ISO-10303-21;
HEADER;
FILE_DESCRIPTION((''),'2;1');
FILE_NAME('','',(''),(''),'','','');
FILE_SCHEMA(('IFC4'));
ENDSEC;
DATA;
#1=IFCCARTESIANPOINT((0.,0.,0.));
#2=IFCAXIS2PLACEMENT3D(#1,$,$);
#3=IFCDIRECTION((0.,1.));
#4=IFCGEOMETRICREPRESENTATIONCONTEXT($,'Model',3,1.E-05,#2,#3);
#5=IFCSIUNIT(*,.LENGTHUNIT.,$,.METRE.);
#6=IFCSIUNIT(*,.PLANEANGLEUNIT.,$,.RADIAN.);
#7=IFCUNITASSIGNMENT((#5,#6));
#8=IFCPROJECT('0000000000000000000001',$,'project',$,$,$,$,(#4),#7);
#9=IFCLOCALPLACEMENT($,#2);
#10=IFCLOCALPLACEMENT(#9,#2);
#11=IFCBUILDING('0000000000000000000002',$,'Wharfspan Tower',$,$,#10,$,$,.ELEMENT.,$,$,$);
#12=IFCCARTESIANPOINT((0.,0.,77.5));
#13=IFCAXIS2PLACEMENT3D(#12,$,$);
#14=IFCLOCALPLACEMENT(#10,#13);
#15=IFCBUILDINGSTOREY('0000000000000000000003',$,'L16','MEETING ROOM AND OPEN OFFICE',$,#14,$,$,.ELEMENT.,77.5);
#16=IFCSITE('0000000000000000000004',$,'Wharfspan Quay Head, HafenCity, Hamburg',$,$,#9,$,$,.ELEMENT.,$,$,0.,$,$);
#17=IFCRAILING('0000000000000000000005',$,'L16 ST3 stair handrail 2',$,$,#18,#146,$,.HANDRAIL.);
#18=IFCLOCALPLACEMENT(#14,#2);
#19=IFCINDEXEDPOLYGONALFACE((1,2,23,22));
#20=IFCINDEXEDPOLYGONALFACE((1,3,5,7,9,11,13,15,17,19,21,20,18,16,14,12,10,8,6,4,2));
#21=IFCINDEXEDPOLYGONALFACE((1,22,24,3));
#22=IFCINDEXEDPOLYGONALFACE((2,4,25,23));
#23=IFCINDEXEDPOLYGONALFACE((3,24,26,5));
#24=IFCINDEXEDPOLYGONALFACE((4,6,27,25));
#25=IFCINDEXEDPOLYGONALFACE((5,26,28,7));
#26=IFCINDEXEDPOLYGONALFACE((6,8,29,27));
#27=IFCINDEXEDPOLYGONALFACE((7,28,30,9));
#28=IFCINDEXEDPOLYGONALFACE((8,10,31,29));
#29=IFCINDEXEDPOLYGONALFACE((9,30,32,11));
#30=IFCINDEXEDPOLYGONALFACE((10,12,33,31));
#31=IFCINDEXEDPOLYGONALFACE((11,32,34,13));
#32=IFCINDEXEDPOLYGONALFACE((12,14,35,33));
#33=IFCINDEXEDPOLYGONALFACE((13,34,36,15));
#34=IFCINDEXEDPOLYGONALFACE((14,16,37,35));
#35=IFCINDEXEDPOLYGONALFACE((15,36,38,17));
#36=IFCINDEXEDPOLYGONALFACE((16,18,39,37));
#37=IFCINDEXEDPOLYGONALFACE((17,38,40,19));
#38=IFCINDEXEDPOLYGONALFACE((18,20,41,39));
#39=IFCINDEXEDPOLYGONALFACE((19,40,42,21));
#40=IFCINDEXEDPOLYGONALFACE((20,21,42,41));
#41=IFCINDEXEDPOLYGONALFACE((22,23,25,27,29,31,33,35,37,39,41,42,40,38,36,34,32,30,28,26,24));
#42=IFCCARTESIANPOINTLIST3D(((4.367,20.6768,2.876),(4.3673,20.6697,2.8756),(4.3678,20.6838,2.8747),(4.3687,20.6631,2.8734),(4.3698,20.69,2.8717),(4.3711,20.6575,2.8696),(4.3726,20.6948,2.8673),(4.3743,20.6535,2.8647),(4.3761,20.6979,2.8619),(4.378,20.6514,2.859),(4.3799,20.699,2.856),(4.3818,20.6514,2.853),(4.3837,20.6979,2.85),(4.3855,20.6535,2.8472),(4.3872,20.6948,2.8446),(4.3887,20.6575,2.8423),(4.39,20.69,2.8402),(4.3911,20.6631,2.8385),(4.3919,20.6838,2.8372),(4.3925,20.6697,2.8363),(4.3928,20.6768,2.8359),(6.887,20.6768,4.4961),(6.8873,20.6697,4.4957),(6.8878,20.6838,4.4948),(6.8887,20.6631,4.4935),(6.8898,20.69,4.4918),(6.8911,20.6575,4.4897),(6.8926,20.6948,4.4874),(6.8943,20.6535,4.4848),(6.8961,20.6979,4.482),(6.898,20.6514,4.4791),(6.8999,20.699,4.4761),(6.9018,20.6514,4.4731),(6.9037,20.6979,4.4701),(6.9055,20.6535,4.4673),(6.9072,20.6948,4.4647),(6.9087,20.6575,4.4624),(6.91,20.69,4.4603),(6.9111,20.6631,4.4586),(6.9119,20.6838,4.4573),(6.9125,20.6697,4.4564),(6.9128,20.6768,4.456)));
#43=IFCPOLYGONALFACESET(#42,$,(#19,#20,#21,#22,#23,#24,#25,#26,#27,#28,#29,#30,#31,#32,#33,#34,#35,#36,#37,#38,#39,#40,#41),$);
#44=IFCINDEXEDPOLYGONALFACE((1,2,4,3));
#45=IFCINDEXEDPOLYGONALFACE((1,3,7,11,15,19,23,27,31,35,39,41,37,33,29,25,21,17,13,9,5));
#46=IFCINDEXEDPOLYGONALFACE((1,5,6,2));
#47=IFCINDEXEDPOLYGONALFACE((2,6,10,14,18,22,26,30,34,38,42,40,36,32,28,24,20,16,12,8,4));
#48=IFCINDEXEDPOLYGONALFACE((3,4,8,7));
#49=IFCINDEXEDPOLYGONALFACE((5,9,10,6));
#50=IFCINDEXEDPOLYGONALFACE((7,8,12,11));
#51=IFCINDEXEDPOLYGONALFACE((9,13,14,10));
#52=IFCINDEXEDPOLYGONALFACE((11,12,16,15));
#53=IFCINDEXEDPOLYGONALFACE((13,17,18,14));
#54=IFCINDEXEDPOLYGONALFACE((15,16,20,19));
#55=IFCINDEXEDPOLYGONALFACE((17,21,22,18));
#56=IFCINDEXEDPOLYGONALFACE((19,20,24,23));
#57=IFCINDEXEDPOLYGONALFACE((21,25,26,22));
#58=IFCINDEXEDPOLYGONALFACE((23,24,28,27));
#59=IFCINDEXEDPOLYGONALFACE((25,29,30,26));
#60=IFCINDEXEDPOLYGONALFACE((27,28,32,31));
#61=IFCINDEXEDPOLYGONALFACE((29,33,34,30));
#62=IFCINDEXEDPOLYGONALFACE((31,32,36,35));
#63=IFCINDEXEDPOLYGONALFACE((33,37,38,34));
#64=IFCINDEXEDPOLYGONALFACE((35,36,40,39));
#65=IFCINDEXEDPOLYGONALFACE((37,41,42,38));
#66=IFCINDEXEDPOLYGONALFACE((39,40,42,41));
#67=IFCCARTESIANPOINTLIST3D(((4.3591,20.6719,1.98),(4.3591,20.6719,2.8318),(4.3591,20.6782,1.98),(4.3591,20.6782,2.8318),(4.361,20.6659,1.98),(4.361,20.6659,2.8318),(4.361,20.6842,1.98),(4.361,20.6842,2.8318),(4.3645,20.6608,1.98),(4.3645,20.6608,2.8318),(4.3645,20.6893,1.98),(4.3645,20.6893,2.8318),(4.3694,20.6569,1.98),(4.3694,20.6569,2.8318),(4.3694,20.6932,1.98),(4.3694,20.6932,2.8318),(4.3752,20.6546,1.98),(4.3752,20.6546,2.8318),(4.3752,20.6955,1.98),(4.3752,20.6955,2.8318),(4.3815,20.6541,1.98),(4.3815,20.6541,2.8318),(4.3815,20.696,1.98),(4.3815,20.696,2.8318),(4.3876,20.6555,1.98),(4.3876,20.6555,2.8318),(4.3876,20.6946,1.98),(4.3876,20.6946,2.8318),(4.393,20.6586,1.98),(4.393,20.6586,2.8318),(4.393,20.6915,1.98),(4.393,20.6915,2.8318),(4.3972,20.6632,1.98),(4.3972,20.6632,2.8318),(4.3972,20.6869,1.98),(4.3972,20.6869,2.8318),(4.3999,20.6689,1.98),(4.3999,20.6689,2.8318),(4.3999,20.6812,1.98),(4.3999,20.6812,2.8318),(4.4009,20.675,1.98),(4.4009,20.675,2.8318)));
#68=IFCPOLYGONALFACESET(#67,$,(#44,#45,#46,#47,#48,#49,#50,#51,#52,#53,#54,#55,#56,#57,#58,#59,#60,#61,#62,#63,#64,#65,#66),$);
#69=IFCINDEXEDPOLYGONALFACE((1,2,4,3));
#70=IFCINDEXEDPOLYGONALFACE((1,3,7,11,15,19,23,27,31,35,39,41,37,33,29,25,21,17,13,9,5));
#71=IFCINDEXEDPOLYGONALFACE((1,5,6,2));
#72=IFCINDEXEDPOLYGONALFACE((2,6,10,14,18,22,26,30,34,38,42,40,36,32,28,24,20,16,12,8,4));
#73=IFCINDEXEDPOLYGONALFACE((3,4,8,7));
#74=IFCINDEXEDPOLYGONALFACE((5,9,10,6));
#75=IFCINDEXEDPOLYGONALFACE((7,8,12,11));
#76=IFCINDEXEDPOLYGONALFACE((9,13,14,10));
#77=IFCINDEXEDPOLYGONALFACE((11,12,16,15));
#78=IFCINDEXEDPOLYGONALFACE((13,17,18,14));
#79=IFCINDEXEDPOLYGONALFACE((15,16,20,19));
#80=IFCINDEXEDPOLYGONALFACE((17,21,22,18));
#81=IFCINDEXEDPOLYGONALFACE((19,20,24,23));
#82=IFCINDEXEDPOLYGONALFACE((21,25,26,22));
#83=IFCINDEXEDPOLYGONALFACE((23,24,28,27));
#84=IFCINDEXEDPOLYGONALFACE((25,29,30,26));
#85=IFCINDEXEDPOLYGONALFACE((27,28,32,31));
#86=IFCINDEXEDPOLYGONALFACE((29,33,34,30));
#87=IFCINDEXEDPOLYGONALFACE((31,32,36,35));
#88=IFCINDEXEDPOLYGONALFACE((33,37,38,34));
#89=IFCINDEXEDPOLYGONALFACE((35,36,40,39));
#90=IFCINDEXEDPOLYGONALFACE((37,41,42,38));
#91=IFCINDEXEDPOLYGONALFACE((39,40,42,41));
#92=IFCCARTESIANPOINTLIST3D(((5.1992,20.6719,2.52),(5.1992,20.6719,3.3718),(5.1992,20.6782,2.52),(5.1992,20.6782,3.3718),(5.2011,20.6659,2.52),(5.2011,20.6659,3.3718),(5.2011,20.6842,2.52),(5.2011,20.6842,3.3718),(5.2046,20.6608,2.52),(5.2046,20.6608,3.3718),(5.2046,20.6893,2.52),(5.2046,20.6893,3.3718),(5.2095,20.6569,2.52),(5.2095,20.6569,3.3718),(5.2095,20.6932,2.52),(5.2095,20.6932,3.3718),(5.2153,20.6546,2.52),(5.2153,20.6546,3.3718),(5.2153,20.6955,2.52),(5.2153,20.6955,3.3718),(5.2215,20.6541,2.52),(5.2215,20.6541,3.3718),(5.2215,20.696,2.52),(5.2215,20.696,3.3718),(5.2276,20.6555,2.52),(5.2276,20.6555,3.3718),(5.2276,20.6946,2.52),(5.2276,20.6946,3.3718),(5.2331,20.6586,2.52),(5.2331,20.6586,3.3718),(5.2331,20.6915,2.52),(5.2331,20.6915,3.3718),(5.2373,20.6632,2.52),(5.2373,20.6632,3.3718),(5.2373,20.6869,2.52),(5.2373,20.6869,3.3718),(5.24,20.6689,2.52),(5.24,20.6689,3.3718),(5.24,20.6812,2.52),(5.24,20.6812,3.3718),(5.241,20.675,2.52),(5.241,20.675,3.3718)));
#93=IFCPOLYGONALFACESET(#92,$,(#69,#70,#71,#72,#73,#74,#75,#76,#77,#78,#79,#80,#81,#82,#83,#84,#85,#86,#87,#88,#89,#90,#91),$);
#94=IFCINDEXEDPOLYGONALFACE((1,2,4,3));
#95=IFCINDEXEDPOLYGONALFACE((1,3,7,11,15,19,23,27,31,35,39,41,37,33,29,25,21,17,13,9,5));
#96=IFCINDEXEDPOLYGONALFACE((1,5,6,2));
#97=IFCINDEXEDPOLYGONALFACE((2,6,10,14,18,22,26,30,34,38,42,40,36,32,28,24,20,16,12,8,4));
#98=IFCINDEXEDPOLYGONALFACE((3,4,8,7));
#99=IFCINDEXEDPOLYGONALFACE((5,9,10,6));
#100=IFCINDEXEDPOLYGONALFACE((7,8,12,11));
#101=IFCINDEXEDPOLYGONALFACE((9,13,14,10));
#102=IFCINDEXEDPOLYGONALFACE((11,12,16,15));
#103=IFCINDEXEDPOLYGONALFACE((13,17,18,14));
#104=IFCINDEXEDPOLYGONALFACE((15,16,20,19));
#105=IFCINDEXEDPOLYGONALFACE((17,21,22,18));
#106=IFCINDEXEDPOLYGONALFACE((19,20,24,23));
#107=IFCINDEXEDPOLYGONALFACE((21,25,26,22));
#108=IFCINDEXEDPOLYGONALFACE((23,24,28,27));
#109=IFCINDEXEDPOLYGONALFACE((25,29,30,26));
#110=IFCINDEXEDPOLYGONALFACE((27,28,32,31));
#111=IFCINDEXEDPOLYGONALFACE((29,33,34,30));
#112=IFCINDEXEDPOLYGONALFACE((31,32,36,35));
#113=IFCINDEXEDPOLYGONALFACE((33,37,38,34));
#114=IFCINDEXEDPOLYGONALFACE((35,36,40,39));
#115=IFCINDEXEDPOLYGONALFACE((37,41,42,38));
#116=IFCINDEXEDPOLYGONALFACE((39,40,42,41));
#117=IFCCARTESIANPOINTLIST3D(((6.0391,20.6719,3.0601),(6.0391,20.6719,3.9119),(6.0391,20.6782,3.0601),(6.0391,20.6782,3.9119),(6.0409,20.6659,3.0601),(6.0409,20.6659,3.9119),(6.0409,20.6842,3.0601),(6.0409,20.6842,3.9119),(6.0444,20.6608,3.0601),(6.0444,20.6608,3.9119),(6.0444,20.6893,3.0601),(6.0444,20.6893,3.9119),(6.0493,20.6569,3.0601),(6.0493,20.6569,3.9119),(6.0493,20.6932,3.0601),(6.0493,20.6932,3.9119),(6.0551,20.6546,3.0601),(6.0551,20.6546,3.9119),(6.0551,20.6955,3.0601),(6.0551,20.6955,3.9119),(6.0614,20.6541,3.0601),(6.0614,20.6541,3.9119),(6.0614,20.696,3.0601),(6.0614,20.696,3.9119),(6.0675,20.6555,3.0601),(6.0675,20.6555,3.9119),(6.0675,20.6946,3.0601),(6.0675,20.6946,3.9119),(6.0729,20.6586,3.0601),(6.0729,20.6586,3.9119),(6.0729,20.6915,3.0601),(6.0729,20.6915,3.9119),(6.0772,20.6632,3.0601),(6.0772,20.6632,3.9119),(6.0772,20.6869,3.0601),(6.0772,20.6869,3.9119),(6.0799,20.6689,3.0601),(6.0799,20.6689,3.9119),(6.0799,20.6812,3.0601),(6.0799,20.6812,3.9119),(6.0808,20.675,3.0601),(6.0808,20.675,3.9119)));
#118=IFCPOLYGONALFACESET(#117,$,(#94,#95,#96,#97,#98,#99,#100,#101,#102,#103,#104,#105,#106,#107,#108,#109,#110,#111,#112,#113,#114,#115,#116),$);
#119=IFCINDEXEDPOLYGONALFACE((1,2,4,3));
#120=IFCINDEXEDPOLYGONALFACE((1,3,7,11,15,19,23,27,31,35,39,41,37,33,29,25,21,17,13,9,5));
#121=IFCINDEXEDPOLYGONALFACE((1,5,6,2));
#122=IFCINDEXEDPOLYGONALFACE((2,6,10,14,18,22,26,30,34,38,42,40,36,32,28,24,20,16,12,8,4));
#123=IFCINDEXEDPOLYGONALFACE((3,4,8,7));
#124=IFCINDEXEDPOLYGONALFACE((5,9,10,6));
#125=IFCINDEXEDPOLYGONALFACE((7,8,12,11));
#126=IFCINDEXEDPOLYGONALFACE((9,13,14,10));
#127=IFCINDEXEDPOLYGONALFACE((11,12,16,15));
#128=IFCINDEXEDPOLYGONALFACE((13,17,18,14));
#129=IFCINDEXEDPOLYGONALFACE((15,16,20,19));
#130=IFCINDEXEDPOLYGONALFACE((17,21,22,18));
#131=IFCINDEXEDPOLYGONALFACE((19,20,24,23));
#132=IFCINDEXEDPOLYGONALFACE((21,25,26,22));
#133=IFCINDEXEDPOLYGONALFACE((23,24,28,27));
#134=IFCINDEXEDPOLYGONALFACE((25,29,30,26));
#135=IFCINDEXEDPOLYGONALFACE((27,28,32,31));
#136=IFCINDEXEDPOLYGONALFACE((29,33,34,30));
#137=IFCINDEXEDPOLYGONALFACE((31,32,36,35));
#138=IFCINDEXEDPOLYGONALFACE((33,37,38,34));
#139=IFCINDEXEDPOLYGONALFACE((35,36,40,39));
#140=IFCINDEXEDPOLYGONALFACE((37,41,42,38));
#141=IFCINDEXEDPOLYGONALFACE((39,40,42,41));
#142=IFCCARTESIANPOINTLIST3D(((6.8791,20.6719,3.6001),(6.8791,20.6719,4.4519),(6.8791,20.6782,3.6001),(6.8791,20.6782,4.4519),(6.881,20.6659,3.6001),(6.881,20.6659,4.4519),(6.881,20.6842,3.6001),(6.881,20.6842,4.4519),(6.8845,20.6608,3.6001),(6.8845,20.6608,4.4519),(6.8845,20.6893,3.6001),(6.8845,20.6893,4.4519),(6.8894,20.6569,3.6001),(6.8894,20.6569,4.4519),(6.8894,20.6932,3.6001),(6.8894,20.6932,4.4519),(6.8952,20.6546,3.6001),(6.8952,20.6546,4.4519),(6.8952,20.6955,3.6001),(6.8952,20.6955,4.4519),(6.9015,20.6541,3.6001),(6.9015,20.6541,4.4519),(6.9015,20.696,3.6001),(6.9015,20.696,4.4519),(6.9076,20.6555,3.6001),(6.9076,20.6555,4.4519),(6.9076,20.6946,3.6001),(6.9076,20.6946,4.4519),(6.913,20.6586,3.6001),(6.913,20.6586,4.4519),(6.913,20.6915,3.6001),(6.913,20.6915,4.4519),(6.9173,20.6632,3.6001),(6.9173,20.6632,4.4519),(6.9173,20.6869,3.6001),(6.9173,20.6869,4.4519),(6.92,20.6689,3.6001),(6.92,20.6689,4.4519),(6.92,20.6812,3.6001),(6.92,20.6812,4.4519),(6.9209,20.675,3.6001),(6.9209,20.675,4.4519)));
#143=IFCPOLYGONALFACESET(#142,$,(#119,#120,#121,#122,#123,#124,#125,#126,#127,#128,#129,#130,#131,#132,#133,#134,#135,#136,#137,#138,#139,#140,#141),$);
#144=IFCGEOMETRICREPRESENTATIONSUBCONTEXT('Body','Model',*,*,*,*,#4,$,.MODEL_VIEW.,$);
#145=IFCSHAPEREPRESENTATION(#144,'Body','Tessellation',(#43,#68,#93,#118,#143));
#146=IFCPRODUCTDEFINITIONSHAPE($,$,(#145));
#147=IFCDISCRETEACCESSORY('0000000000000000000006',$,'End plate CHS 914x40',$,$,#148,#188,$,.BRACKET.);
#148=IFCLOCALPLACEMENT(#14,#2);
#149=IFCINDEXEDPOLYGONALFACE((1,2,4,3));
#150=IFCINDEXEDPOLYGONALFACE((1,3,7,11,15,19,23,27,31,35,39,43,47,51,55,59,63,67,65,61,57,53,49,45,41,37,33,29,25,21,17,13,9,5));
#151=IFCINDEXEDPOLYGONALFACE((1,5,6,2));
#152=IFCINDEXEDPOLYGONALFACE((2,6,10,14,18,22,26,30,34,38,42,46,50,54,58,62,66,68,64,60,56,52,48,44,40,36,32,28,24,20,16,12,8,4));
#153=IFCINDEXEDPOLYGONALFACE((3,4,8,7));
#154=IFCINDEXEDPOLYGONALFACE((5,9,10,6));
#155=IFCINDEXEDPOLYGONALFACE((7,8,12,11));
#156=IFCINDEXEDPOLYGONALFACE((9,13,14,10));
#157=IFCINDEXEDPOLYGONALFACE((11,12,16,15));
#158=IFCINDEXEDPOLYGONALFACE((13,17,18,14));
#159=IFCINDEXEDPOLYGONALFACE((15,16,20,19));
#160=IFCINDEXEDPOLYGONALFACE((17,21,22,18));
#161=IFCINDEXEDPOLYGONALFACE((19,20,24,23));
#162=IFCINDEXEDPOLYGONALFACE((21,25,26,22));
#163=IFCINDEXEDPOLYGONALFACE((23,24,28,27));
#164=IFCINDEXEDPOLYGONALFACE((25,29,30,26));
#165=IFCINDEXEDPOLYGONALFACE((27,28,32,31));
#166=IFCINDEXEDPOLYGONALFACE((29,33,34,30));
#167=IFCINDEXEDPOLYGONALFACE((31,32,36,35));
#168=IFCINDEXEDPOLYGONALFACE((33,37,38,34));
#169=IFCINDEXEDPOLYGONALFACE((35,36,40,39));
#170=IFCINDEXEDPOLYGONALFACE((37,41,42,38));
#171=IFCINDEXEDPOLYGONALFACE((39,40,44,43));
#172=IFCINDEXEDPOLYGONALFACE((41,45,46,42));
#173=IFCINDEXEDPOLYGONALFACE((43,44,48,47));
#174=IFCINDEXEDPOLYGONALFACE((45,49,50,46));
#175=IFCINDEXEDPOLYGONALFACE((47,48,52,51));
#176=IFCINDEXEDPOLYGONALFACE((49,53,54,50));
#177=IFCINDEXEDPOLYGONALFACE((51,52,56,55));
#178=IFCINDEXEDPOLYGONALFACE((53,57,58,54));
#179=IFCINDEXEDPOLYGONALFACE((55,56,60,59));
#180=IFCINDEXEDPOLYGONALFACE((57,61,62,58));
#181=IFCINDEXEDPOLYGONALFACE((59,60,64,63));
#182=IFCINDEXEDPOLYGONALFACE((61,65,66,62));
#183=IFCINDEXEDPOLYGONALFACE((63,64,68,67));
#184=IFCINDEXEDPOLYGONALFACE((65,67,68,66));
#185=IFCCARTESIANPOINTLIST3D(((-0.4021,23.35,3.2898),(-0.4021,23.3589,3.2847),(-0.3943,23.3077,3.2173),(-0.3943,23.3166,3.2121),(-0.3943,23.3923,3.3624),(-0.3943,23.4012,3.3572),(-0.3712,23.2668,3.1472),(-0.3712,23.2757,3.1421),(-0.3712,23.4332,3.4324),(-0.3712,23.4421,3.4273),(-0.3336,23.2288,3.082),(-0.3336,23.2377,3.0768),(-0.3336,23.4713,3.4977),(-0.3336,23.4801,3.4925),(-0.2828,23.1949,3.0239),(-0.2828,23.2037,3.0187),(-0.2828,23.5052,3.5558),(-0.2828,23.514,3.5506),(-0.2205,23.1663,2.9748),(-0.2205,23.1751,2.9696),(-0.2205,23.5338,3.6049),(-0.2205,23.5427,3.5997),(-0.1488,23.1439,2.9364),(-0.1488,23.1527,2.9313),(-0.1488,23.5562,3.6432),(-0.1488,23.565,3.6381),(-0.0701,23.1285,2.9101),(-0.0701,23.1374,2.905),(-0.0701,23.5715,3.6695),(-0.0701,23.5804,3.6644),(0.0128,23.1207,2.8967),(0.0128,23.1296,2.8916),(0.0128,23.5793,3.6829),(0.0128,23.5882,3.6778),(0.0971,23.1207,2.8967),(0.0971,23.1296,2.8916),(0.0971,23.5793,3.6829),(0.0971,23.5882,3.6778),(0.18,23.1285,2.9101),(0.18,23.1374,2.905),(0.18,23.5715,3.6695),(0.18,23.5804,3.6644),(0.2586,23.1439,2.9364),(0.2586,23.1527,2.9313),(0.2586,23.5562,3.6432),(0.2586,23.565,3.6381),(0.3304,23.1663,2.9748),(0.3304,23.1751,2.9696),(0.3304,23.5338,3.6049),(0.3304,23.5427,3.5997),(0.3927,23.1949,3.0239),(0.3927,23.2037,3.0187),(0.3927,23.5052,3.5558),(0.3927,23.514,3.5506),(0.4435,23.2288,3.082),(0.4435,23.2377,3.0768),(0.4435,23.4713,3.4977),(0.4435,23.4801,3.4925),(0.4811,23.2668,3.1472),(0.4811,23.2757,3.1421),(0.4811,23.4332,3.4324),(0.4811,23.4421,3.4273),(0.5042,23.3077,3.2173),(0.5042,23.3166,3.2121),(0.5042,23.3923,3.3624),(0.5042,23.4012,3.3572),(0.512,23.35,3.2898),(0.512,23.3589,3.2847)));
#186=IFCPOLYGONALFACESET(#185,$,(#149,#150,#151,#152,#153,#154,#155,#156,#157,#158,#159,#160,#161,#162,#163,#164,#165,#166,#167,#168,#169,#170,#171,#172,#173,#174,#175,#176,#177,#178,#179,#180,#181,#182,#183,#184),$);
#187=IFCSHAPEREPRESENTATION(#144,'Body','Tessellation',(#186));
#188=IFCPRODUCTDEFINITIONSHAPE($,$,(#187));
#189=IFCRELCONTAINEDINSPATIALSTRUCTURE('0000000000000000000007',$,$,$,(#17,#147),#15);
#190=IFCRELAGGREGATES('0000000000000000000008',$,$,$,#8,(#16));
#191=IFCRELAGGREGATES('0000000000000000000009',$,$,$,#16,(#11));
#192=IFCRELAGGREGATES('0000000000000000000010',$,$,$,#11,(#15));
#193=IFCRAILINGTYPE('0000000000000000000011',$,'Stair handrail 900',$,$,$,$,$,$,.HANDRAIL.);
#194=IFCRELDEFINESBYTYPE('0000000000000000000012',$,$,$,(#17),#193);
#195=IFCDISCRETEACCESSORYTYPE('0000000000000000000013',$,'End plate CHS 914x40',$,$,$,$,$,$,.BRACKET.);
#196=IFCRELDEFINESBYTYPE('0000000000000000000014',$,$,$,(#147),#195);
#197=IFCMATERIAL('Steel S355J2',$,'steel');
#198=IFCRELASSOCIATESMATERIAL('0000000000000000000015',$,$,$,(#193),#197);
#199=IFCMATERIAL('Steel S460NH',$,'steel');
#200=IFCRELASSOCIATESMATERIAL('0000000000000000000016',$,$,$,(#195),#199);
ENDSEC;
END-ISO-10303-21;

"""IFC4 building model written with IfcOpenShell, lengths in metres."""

from ifc_helpers import new_model, si_unit, direction, frame, origin, origin_2d, place, context, subcontext, project, spatial, circle, extrude, material, material_profile, profile_set, type_object, element, save


model = new_model("IFC4")

# Units and contexts
model_context = context("Model", 3, precision=1e-05, world=origin(), true_north=direction((0.0, 1.0)))
body_context = subcontext(model_context, "Body", "Model", "MODEL_VIEW")
ifc_project = project(units=[si_unit("LENGTHUNIT", "METRE"), si_unit("PLANEANGLEUNIT", "RADIAN")], contexts=[model_context])

# Site, building, storey
site_placement = place(None, origin())
site = spatial("IfcSite", under=ifc_project, at=site_placement, Name="Wharfspan Quay Head, HafenCity, Hamburg", CompositionType="ELEMENT", RefElevation=0.0)
building_placement = place(site_placement, origin())
building = spatial("IfcBuilding", under=site, at=building_placement, Name="Wharfspan Tower", CompositionType="ELEMENT")
storey_placement = place(building_placement, frame((0.0, 0.0, 77.5)))
storey = spatial("IfcBuildingStorey", under=building, at=storey_placement, Name="L16", Description="MEETING ROOM AND OPEN OFFICE", CompositionType="ELEMENT", Elevation=77.5)

# Shared definitions
ifc_material_1 = material(Name="Steel S355J2", Category="steel")

# Shared definitions
ifc_material_2 = material(Name="Steel S460NH", Category="steel")

# Railing
railing_type_1 = type_object("IfcRailingType", Name="Stair handrail 900", PredefinedType="HANDRAIL", material=ifc_material_1)
railing_1_placement = place(storey_placement, frame((4.3799, 20.675, 1.98)))
element("IfcRailing", 1, at=railing_1_placement, inside=storey, type_object=railing_type_1, Name="L16 ST3 stair handrail 2", PredefinedType="HANDRAIL", context=body_context, shape_type="SweptSolid", body=[
    extrude(circle(Radius=0.0239, at=origin_2d()), frame((0.0, 0.0, 0.876), z_axis=(0.841163, 0.0, 0.540782), x_axis=(0.0, 1.0, 0.0)), (0.0, 0.0, 1.0), 2.9958),
    extrude(circle(Radius=0.021, at=origin_2d()), origin(), (0.0, 0.0, 1.0), 0.8518),
    extrude(circle(Radius=0.021, at=origin_2d()), frame((0.8401, 0.0, 0.54)), (0.0, 0.0, 1.0), 0.8518),
    extrude(circle(Radius=0.021, at=origin_2d()), frame((1.6799, 0.0, 1.0801)), (0.0, 0.0, 1.0), 0.8518),
    extrude(circle(Radius=0.021, at=origin_2d()), frame((2.52, 0.0, 1.6201)), (0.0, 0.0, 1.0), 0.8518),
])

# Discrete accessory
ifc_material_profile_1 = material_profile(ifc_material_2, circle(Radius=0.457, at=origin_2d()))
ifc_profile_set_1 = profile_set([ifc_material_profile_1], Name="Steel S460NH")
discrete_accessory_type = type_object("IfcDiscreteAccessoryType", Name="End plate CHS 914x40", PredefinedType="BRACKET", material=ifc_profile_set_1)
discrete_accessory_1_placement = place(storey_placement, frame((0.0549, 23.3589, 3.2847), z_axis=(0.0, -0.863779, 0.503871), x_axis=(1.0, 0.0, 0.0)))
element("IfcDiscreteAccessory", 2, at=discrete_accessory_1_placement, inside=storey, type_object=discrete_accessory_type, Name="End plate CHS 914x40", PredefinedType="BRACKET", context=body_context, shape_type="SweptSolid", body=[
    extrude(circle(Radius=0.457, at=origin_2d()), origin(), (0.0, 0.0, 1.0), 0.0103),
])

save(model, "model.ifc")
